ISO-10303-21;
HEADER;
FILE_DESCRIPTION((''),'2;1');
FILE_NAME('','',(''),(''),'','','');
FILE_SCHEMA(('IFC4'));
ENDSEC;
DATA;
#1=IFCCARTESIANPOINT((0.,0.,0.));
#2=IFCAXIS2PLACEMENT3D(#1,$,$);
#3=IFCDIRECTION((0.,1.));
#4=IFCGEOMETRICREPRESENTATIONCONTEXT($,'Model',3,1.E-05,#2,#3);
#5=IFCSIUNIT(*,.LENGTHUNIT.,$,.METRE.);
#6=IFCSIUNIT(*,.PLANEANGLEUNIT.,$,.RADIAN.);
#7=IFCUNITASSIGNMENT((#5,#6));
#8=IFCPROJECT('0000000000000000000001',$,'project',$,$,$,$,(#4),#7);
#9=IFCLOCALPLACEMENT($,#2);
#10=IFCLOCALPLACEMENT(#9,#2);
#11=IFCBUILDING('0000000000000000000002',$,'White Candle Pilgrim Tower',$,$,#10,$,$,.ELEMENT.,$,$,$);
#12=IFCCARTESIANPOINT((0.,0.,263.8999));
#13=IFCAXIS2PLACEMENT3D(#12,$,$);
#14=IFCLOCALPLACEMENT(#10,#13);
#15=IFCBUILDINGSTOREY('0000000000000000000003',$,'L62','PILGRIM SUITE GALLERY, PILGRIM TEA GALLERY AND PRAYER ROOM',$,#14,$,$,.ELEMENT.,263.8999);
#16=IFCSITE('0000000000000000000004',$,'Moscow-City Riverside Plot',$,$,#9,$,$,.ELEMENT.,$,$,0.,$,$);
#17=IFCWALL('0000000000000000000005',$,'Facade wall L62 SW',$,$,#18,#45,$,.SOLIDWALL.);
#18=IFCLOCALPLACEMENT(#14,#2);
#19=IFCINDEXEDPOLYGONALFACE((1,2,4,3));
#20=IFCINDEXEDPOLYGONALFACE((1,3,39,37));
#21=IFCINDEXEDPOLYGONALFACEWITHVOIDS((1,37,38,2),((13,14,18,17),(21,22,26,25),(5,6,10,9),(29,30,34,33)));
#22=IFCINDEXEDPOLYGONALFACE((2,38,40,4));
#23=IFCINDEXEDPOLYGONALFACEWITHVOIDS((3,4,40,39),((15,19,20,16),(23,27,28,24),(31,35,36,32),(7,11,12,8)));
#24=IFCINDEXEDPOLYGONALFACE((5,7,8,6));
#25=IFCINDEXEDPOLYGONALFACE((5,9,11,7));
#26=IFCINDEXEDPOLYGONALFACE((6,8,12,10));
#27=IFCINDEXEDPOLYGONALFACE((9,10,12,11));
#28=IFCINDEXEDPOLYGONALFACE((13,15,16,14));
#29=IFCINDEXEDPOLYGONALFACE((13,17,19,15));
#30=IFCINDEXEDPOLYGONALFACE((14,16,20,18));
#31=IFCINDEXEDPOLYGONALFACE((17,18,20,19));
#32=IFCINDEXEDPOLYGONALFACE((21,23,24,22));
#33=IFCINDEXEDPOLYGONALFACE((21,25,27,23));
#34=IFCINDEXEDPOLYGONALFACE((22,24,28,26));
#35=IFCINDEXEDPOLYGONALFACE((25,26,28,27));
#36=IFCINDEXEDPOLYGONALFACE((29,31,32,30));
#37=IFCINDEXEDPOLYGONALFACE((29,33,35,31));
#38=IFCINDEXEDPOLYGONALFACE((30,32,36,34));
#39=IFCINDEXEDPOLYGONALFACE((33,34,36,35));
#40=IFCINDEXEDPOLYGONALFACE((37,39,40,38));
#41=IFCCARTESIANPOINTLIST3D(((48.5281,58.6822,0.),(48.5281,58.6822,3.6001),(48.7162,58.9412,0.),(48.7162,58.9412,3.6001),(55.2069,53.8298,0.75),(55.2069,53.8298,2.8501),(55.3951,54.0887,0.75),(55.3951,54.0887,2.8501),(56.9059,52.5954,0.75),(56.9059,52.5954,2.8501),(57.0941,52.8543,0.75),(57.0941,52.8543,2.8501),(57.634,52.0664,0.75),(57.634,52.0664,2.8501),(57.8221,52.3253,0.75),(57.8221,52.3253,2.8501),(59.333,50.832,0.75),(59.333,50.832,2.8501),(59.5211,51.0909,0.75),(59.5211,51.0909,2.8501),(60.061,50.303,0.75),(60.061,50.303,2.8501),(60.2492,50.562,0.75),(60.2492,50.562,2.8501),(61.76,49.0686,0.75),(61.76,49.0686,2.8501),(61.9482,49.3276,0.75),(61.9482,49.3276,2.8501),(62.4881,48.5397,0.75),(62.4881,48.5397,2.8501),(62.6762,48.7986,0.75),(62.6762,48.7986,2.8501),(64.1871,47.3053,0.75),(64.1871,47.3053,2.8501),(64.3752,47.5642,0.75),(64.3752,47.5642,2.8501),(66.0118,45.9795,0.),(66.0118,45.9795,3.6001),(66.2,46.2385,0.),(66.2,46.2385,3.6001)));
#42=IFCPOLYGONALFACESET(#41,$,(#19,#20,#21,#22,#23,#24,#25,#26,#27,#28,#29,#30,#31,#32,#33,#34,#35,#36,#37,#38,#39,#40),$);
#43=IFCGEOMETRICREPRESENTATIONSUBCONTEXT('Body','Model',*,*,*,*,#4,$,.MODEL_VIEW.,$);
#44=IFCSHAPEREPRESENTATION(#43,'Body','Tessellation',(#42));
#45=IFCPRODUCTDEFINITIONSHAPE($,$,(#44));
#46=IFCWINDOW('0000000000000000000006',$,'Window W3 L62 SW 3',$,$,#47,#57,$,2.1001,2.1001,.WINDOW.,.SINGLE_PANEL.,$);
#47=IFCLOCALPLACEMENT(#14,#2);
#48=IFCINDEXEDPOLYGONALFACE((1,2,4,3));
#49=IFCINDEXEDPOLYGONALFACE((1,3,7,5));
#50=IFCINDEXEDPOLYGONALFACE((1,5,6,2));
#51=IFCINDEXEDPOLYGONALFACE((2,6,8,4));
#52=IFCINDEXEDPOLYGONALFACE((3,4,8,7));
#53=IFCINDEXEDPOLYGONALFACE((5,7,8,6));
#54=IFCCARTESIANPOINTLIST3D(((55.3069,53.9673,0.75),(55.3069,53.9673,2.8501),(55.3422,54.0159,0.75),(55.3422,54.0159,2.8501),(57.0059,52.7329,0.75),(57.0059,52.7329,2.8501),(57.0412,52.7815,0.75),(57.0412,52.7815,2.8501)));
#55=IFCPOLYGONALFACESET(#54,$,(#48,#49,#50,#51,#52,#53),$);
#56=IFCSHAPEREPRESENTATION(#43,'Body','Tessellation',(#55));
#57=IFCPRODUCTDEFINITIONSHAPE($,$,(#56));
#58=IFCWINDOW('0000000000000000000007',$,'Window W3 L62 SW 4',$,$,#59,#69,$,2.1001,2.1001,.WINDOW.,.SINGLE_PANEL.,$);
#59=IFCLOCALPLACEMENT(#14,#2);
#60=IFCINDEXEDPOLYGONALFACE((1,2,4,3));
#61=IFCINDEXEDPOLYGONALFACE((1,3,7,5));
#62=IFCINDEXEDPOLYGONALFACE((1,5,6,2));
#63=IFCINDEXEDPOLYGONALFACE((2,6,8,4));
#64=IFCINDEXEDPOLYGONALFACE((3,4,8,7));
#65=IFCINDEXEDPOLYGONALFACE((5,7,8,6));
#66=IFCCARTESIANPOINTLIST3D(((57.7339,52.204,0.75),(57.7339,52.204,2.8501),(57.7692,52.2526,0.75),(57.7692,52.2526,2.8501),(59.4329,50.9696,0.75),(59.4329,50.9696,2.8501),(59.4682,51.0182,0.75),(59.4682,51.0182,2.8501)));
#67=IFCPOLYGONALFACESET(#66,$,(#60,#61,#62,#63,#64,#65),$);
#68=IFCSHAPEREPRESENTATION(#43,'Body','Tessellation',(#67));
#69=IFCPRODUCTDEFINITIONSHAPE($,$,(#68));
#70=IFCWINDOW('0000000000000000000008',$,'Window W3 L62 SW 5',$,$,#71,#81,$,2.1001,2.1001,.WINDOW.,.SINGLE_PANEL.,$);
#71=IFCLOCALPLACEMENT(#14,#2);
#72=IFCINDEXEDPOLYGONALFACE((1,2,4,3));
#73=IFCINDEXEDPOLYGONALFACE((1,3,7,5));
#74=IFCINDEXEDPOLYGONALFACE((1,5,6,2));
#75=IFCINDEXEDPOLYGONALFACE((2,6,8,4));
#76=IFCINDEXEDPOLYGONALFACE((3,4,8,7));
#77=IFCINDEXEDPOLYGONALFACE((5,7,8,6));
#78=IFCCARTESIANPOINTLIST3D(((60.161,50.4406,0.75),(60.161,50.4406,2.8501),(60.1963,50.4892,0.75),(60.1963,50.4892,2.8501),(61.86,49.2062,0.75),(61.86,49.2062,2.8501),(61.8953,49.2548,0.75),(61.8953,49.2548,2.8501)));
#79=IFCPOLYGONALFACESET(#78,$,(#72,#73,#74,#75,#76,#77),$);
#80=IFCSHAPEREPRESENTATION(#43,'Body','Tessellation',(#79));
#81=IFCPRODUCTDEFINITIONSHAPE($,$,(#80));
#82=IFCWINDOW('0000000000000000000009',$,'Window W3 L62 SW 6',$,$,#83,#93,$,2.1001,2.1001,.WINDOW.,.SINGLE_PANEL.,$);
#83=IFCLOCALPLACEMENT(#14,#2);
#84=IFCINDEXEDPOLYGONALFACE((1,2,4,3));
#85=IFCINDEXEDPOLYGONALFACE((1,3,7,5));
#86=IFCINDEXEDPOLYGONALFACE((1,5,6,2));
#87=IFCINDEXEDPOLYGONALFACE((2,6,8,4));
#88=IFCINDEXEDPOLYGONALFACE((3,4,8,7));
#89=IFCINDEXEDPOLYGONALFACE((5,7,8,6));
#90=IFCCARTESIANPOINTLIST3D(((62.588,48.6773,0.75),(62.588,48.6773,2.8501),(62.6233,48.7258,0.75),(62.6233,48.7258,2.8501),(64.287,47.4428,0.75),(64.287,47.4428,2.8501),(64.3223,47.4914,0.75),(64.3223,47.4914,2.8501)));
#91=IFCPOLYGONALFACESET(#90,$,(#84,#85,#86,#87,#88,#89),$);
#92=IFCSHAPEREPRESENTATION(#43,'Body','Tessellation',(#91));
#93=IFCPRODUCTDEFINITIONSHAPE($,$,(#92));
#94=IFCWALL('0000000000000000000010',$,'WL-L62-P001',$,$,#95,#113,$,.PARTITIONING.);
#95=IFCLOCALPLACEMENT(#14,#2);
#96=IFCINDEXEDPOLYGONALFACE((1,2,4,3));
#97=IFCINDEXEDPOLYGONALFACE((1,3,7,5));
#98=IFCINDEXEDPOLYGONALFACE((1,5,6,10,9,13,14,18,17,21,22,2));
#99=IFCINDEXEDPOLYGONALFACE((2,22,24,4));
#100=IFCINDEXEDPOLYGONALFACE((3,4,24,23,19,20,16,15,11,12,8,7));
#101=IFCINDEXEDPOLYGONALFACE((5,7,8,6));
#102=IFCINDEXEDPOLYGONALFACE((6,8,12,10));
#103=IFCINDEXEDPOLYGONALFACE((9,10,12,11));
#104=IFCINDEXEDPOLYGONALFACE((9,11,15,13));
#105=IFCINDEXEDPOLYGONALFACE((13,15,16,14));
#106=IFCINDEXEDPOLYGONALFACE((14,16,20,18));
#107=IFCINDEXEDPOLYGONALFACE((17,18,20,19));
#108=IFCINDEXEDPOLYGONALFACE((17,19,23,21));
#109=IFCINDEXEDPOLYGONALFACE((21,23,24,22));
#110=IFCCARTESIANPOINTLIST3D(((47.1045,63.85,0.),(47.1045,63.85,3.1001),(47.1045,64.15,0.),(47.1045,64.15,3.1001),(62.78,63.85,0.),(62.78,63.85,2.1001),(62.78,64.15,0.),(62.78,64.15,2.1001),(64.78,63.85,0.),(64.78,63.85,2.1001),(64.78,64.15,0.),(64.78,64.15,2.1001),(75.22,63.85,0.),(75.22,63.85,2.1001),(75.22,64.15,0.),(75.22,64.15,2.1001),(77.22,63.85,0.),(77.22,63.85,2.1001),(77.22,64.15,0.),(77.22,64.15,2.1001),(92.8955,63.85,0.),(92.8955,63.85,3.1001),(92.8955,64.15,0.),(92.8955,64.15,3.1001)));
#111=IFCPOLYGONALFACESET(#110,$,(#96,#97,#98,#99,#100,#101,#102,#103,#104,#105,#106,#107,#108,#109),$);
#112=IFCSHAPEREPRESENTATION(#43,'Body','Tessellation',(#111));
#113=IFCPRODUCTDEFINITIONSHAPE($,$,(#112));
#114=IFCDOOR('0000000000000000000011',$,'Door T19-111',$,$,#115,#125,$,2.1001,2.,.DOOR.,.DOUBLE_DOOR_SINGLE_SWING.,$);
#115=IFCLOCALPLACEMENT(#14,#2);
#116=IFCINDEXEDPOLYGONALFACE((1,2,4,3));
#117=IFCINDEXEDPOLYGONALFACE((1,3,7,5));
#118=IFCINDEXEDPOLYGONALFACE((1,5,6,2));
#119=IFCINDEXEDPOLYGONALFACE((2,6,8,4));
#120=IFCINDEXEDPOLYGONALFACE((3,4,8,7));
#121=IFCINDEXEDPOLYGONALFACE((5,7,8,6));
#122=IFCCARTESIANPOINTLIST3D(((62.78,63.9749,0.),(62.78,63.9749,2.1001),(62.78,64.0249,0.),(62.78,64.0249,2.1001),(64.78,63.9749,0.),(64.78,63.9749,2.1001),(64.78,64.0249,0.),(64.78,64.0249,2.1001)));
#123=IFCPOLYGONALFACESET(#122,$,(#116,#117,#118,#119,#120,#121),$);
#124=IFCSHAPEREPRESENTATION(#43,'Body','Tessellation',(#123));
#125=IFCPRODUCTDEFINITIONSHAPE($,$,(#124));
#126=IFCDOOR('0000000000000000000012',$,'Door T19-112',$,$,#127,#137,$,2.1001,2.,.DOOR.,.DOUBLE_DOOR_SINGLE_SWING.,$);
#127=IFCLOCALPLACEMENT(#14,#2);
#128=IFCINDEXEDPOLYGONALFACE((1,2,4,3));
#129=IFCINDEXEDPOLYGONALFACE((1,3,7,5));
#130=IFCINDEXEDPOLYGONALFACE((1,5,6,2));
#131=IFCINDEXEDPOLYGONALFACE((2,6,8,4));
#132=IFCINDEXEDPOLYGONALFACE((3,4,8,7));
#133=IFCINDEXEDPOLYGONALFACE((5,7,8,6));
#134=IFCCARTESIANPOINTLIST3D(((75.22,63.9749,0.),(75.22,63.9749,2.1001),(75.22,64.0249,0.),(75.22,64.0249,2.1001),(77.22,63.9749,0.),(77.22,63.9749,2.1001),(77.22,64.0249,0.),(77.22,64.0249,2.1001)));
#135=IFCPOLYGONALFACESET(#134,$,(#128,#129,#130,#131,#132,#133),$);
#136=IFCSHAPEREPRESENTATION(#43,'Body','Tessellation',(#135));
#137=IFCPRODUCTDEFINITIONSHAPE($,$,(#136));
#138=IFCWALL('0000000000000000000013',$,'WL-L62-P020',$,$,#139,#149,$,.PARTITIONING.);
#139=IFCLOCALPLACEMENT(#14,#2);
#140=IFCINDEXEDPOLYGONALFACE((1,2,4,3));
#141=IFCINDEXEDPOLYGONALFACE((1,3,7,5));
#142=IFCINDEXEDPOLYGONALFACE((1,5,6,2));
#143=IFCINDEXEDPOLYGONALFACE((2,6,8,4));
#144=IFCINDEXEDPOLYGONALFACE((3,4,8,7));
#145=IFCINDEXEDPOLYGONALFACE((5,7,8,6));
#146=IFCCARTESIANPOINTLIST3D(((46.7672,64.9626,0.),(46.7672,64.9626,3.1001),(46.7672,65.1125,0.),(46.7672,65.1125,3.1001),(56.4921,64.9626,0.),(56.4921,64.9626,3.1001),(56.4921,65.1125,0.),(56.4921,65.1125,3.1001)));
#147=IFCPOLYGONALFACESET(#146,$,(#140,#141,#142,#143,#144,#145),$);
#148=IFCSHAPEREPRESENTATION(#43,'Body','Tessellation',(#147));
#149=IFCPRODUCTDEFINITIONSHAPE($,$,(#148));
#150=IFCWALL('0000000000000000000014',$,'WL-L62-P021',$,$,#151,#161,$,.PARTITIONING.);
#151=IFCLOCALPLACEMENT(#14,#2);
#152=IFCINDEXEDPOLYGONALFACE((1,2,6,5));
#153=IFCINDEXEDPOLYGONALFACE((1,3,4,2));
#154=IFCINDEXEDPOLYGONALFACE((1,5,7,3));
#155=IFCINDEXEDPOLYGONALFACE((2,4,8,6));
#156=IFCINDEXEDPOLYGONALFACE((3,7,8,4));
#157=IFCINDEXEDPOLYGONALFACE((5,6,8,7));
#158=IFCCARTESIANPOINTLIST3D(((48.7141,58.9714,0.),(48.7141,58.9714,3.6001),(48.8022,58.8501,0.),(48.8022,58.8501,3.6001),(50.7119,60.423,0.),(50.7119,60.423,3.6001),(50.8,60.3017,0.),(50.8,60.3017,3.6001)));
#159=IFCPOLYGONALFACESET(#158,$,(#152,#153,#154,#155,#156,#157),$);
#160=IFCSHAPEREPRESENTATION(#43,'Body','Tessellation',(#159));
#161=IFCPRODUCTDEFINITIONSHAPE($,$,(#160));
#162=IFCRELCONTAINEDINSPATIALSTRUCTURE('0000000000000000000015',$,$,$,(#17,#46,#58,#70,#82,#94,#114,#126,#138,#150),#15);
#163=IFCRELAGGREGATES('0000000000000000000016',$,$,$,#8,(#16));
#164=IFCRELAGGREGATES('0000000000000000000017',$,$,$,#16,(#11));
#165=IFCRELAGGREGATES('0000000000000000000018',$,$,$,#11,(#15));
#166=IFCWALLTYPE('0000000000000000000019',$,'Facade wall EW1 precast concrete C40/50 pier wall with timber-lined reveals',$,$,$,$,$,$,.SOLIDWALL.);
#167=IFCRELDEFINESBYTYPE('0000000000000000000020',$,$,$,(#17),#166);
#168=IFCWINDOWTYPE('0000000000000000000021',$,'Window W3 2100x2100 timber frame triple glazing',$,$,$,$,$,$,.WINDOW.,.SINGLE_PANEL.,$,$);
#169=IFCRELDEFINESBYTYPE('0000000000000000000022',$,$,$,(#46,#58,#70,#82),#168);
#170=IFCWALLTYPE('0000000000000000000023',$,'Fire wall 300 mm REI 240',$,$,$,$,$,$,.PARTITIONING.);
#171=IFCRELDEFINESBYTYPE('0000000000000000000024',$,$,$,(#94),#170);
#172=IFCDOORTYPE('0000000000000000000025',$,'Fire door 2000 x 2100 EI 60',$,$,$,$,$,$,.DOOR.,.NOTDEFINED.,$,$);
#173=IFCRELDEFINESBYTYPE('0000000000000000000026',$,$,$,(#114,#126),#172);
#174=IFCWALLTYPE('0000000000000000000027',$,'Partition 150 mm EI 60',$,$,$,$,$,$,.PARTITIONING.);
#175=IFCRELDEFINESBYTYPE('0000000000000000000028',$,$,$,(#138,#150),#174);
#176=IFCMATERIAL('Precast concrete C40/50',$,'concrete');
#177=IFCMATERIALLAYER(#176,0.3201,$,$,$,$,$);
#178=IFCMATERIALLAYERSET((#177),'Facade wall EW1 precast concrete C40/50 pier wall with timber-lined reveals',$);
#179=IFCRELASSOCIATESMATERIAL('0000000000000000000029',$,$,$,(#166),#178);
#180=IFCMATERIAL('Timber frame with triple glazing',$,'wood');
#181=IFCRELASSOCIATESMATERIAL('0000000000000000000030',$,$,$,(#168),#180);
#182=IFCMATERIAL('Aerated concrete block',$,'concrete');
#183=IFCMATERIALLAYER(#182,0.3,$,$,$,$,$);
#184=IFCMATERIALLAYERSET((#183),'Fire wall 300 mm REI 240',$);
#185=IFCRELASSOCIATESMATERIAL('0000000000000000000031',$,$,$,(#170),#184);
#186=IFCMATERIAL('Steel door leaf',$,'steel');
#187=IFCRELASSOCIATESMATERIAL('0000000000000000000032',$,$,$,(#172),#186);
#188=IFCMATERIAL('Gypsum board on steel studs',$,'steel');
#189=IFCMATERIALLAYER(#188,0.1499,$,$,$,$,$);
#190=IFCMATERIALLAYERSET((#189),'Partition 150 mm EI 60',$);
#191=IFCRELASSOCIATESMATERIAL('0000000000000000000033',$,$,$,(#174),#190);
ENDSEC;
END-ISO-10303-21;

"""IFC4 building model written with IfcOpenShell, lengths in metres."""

from ifc_helpers import new_model, si_unit, direction, frame, frame_2d, origin, place, context, subcontext, project, spatial, rectangle, extrude, material, layer, layer_set, type_object, element, fill, save


model = new_model("IFC4")

# Units and contexts
model_context = context("Model", 3, precision=1e-05, world=origin(), true_north=direction((0.0, 1.0)))
body_context = subcontext(model_context, "Body", "Model", "MODEL_VIEW")
ifc_project = project(units=[si_unit("LENGTHUNIT", "METRE"), si_unit("PLANEANGLEUNIT", "RADIAN")], contexts=[model_context])

# Site, building, storey
site_placement = place(None, origin())
site = spatial("IfcSite", under=ifc_project, at=site_placement, Name="Moscow-City Riverside Plot", CompositionType="ELEMENT", RefElevation=0.0)
building_placement = place(site_placement, origin())
building = spatial("IfcBuilding", under=site, at=building_placement, Name="White Candle Pilgrim Tower", CompositionType="ELEMENT")
storey_placement = place(building_placement, frame((0.0, 0.0, 263.8999)))
storey = spatial("IfcBuildingStorey", under=building, at=storey_placement, Name="L62", Description="PILGRIM SUITE GALLERY, PILGRIM TEA GALLERY AND PRAYER ROOM", CompositionType="ELEMENT", Elevation=263.8999)

# Shared definitions
ifc_material_1 = material(Name="Gypsum board on steel studs", Category="steel")
ifc_material_2 = material(Name="Steel door leaf", Category="steel")

# Shared definitions
ifc_material_3 = material(Name="Precast concrete C40/50", Category="concrete")
ifc_layer_1 = layer(ifc_material_3, 0.3201)
ifc_layer_set_1 = layer_set([ifc_layer_1], Name="Facade wall EW1 precast concrete C40/50 pier wall with timber-lined reveals")
wall_type_1 = type_object("IfcWallType", Name="Facade wall EW1 precast concrete C40/50 pier wall with timber-lined reveals", PredefinedType="SOLIDWALL", material=ifc_layer_set_1)
ifc_material_4 = material(Name="Timber frame with triple glazing", Category="wood")

# Wall, openings, windows
wall_1_placement = place(storey_placement, frame((48.6221, 58.8118, 0.0), z_axis=(0.0, 0.0, 1.0), x_axis=(0.809016, -0.587786, 0.0)))
wall_1 = element("IfcWall", 1, at=wall_1_placement, inside=storey, type_object=wall_type_1, Name="Facade wall L62 SW", PredefinedType="SOLIDWALL", context=body_context, shape_type="SweptSolid", body=[
    extrude(rectangle(XDim=21.6111, YDim=0.3201, at=frame_2d((10.8057, 0.0))), origin(), (0.0, 0.0, 1.0), 3.6001),
])
opening_1_placement = place(wall_1_placement, frame((8.2556, 0.0, 0.75)))
opening_1 = element("IfcOpeningElement", 2, at=opening_1_placement, cuts=wall_1, PredefinedType="OPENING", context=body_context, shape_type="SweptSolid", body=[
    extrude(rectangle(XDim=2.1001, YDim=2.1001, at=frame_2d((1.05, 1.05))), frame((0.0, 0.1699, 0.0), z_axis=(0.0, -1.0, 0.0), x_axis=(1.0, 0.0, 0.0)), (0.0, 0.0, 1.0), 0.3401),
])
opening_2_placement = place(wall_1_placement, frame((11.2556, 0.0, 0.75)))
opening_2 = element("IfcOpeningElement", 3, at=opening_2_placement, cuts=wall_1, PredefinedType="OPENING", context=body_context, shape_type="SweptSolid", body=[
    extrude(rectangle(XDim=2.1001, YDim=2.1001, at=frame_2d((1.05, 1.05))), frame((0.0, 0.1699, 0.0), z_axis=(0.0, -1.0, 0.0), x_axis=(1.0, 0.0, 0.0)), (0.0, 0.0, 1.0), 0.3401),
])
opening_3_placement = place(wall_1_placement, frame((14.2556, 0.0, 0.75)))
opening_3 = element("IfcOpeningElement", 4, at=opening_3_placement, cuts=wall_1, PredefinedType="OPENING", context=body_context, shape_type="SweptSolid", body=[
    extrude(rectangle(XDim=2.1001, YDim=2.1001, at=frame_2d((1.05, 1.05))), frame((0.0, 0.1699, 0.0), z_axis=(0.0, -1.0, 0.0), x_axis=(1.0, 0.0, 0.0)), (0.0, 0.0, 1.0), 0.3401),
])
opening_4_placement = place(wall_1_placement, frame((17.2556, 0.0, 0.75)))
opening_4 = element("IfcOpeningElement", 5, at=opening_4_placement, cuts=wall_1, PredefinedType="OPENING", context=body_context, shape_type="SweptSolid", body=[
    extrude(rectangle(XDim=2.1001, YDim=2.1001, at=frame_2d((1.05, 1.05))), frame((0.0, 0.1699, 0.0), z_axis=(0.0, -1.0, 0.0), x_axis=(1.0, 0.0, 0.0)), (0.0, 0.0, 1.0), 0.3401),
])
window_type_1 = type_object("IfcWindowType", Name="Window W3 2100x2100 timber frame triple glazing", PartitioningType="SINGLE_PANEL", PredefinedType="WINDOW", material=ifc_material_4)
window_1_placement = place(opening_1_placement, origin())
window_1 = element("IfcWindow", 6, at=window_1_placement, inside=storey, type_object=window_type_1, Name="Window W3 L62 SW 3", OverallHeight=2.1001, OverallWidth=2.1001, PartitioningType="SINGLE_PANEL", PredefinedType="WINDOW", context=body_context, shape_type="SweptSolid", body=[
    extrude(rectangle(XDim=2.1001, YDim=2.1001, at=frame_2d((1.05, 1.05))), frame((0.0, 0.0701, 0.0), z_axis=(0.0, -1.0, 0.0), x_axis=(1.0, 0.0, 0.0)), (0.0, 0.0, 1.0), 0.0601),
])
fill(opening_1, window_1)
window_2_placement = place(opening_2_placement, origin())
window_2 = element("IfcWindow", 7, at=window_2_placement, inside=storey, type_object=window_type_1, Name="Window W3 L62 SW 4", OverallHeight=2.1001, OverallWidth=2.1001, PartitioningType="SINGLE_PANEL", PredefinedType="WINDOW", context=body_context, shape_type="SweptSolid", body=[
    extrude(rectangle(XDim=2.1001, YDim=2.1001, at=frame_2d((1.05, 1.05))), frame((0.0, 0.0701, 0.0), z_axis=(0.0, -1.0, 0.0), x_axis=(1.0, 0.0, 0.0)), (0.0, 0.0, 1.0), 0.0601),
])
fill(opening_2, window_2)
window_3_placement = place(opening_3_placement, origin())
window_3 = element("IfcWindow", 8, at=window_3_placement, inside=storey, type_object=window_type_1, Name="Window W3 L62 SW 5", OverallHeight=2.1001, OverallWidth=2.1001, PartitioningType="SINGLE_PANEL", PredefinedType="WINDOW", context=body_context, shape_type="SweptSolid", body=[
    extrude(rectangle(XDim=2.1001, YDim=2.1001, at=frame_2d((1.05, 1.05))), frame((0.0, 0.0701, 0.0), z_axis=(0.0, -1.0, 0.0), x_axis=(1.0, 0.0, 0.0)), (0.0, 0.0, 1.0), 0.0601),
])
fill(opening_3, window_3)
window_4_placement = place(opening_4_placement, origin())
window_4 = element("IfcWindow", 9, at=window_4_placement, inside=storey, type_object=window_type_1, Name="Window W3 L62 SW 6", OverallHeight=2.1001, OverallWidth=2.1001, PartitioningType="SINGLE_PANEL", PredefinedType="WINDOW", context=body_context, shape_type="SweptSolid", body=[
    extrude(rectangle(XDim=2.1001, YDim=2.1001, at=frame_2d((1.05, 1.05))), frame((0.0, 0.0701, 0.0), z_axis=(0.0, -1.0, 0.0), x_axis=(1.0, 0.0, 0.0)), (0.0, 0.0, 1.0), 0.0601),
])
fill(opening_4, window_4)

# Wall, openings, doors
ifc_material_5 = material(Name="Aerated concrete block", Category="concrete")
ifc_layer_2 = layer(ifc_material_5, 0.3)
ifc_layer_set_2 = layer_set([ifc_layer_2], Name="Fire wall 300 mm REI 240")
wall_type_2 = type_object("IfcWallType", Name="Fire wall 300 mm REI 240", PredefinedType="PARTITIONING", material=ifc_layer_set_2)
wall_2_placement = place(storey_placement, frame((47.1045, 64.0, 0.0), z_axis=(0.0, 0.0, 1.0), x_axis=(1.0, 0.0, 0.0)))
wall_2 = element("IfcWall", 10, at=wall_2_placement, inside=storey, type_object=wall_type_2, Name="WL-L62-P001", PredefinedType="PARTITIONING", context=body_context, shape_type="SweptSolid", body=[
    extrude(rectangle(XDim=45.791, YDim=0.3, at=frame_2d((22.8955, 0.0))), origin(), (0.0, 0.0, 1.0), 3.1001),
])
opening_5_placement = place(wall_2_placement, frame((15.6755, 0.0, 0.0)))
opening_5 = element("IfcOpeningElement", 11, at=opening_5_placement, cuts=wall_2, PredefinedType="OPENING", context=body_context, shape_type="SweptSolid", body=[
    extrude(rectangle(XDim=2.0, YDim=2.1001, at=frame_2d((1.0, 1.05))), frame((0.0, 0.1599, 0.0), z_axis=(0.0, -1.0, 0.0), x_axis=(1.0, 0.0, 0.0)), (0.0, 0.0, 1.0), 0.3201),
])
opening_6_placement = place(wall_2_placement, frame((28.1155, 0.0, 0.0)))
opening_6 = element("IfcOpeningElement", 12, at=opening_6_placement, cuts=wall_2, PredefinedType="OPENING", context=body_context, shape_type="SweptSolid", body=[
    extrude(rectangle(XDim=2.0, YDim=2.1001, at=frame_2d((1.0, 1.05))), frame((0.0, 0.1599, 0.0), z_axis=(0.0, -1.0, 0.0), x_axis=(1.0, 0.0, 0.0)), (0.0, 0.0, 1.0), 0.3201),
])
door_type_1 = type_object("IfcDoorType", Name="Fire door 2000 x 2100 EI 60", OperationType="NOTDEFINED", PredefinedType="DOOR", material=ifc_material_2)
door_1_placement = place(opening_5_placement, origin())
door_1 = element("IfcDoor", 13, at=door_1_placement, inside=storey, type_object=door_type_1, Name="Door T19-111", OperationType="DOUBLE_DOOR_SINGLE_SWING", OverallHeight=2.1001, OverallWidth=2.0, PredefinedType="DOOR", context=body_context, shape_type="SweptSolid", body=[
    extrude(rectangle(XDim=2.0, YDim=2.1001, at=frame_2d((1.0, 1.05))), frame((0.0, 0.0249, 0.0), z_axis=(0.0, -1.0, 0.0), x_axis=(1.0, 0.0, 0.0)), (0.0, 0.0, 1.0), 0.05),
])
fill(opening_5, door_1)
door_2_placement = place(opening_6_placement, origin())
door_2 = element("IfcDoor", 14, at=door_2_placement, inside=storey, type_object=door_type_1, Name="Door T19-112", OperationType="DOUBLE_DOOR_SINGLE_SWING", OverallHeight=2.1001, OverallWidth=2.0, PredefinedType="DOOR", context=body_context, shape_type="SweptSolid", body=[
    extrude(rectangle(XDim=2.0, YDim=2.1001, at=frame_2d((1.0, 1.05))), frame((0.0, 0.0249, 0.0), z_axis=(0.0, -1.0, 0.0), x_axis=(1.0, 0.0, 0.0)), (0.0, 0.0, 1.0), 0.05),
])
fill(opening_6, door_2)

# Walls
ifc_layer_3 = layer(ifc_material_1, 0.1499)
ifc_layer_set_3 = layer_set([ifc_layer_3], Name="Partition 150 mm EI 60")
wall_type_3 = type_object("IfcWallType", Name="Partition 150 mm EI 60", PredefinedType="PARTITIONING", material=ifc_layer_set_3)
wall_3_placement = place(storey_placement, frame((46.7673, 65.0376, 0.0), z_axis=(0.0, 0.0, 1.0), x_axis=(1.0, 0.0, 0.0)))
element("IfcWall", 15, at=wall_3_placement, inside=storey, type_object=wall_type_3, Name="WL-L62-P020", PredefinedType="PARTITIONING", context=body_context, shape_type="SweptSolid", body=[
    extrude(rectangle(XDim=9.7249, YDim=0.1499, at=frame_2d((4.8623, 0.0))), origin(), (0.0, 0.0, 1.0), 3.1001),
])
wall_4_placement = place(storey_placement, frame((48.7581, 58.9106, 0.0), z_axis=(0.0, 0.0, 1.0), x_axis=(0.808984, 0.587831, 0.0)))
element("IfcWall", 16, at=wall_4_placement, inside=storey, type_object=wall_type_3, Name="WL-L62-P021", PredefinedType="PARTITIONING", context=body_context, shape_type="SweptSolid", body=[
    extrude(rectangle(XDim=2.4695, YDim=0.1499, at=frame_2d((1.2349, 0.0))), origin(), (0.0, 0.0, 1.0), 3.6001),
])

save(model, "model.ifc")
